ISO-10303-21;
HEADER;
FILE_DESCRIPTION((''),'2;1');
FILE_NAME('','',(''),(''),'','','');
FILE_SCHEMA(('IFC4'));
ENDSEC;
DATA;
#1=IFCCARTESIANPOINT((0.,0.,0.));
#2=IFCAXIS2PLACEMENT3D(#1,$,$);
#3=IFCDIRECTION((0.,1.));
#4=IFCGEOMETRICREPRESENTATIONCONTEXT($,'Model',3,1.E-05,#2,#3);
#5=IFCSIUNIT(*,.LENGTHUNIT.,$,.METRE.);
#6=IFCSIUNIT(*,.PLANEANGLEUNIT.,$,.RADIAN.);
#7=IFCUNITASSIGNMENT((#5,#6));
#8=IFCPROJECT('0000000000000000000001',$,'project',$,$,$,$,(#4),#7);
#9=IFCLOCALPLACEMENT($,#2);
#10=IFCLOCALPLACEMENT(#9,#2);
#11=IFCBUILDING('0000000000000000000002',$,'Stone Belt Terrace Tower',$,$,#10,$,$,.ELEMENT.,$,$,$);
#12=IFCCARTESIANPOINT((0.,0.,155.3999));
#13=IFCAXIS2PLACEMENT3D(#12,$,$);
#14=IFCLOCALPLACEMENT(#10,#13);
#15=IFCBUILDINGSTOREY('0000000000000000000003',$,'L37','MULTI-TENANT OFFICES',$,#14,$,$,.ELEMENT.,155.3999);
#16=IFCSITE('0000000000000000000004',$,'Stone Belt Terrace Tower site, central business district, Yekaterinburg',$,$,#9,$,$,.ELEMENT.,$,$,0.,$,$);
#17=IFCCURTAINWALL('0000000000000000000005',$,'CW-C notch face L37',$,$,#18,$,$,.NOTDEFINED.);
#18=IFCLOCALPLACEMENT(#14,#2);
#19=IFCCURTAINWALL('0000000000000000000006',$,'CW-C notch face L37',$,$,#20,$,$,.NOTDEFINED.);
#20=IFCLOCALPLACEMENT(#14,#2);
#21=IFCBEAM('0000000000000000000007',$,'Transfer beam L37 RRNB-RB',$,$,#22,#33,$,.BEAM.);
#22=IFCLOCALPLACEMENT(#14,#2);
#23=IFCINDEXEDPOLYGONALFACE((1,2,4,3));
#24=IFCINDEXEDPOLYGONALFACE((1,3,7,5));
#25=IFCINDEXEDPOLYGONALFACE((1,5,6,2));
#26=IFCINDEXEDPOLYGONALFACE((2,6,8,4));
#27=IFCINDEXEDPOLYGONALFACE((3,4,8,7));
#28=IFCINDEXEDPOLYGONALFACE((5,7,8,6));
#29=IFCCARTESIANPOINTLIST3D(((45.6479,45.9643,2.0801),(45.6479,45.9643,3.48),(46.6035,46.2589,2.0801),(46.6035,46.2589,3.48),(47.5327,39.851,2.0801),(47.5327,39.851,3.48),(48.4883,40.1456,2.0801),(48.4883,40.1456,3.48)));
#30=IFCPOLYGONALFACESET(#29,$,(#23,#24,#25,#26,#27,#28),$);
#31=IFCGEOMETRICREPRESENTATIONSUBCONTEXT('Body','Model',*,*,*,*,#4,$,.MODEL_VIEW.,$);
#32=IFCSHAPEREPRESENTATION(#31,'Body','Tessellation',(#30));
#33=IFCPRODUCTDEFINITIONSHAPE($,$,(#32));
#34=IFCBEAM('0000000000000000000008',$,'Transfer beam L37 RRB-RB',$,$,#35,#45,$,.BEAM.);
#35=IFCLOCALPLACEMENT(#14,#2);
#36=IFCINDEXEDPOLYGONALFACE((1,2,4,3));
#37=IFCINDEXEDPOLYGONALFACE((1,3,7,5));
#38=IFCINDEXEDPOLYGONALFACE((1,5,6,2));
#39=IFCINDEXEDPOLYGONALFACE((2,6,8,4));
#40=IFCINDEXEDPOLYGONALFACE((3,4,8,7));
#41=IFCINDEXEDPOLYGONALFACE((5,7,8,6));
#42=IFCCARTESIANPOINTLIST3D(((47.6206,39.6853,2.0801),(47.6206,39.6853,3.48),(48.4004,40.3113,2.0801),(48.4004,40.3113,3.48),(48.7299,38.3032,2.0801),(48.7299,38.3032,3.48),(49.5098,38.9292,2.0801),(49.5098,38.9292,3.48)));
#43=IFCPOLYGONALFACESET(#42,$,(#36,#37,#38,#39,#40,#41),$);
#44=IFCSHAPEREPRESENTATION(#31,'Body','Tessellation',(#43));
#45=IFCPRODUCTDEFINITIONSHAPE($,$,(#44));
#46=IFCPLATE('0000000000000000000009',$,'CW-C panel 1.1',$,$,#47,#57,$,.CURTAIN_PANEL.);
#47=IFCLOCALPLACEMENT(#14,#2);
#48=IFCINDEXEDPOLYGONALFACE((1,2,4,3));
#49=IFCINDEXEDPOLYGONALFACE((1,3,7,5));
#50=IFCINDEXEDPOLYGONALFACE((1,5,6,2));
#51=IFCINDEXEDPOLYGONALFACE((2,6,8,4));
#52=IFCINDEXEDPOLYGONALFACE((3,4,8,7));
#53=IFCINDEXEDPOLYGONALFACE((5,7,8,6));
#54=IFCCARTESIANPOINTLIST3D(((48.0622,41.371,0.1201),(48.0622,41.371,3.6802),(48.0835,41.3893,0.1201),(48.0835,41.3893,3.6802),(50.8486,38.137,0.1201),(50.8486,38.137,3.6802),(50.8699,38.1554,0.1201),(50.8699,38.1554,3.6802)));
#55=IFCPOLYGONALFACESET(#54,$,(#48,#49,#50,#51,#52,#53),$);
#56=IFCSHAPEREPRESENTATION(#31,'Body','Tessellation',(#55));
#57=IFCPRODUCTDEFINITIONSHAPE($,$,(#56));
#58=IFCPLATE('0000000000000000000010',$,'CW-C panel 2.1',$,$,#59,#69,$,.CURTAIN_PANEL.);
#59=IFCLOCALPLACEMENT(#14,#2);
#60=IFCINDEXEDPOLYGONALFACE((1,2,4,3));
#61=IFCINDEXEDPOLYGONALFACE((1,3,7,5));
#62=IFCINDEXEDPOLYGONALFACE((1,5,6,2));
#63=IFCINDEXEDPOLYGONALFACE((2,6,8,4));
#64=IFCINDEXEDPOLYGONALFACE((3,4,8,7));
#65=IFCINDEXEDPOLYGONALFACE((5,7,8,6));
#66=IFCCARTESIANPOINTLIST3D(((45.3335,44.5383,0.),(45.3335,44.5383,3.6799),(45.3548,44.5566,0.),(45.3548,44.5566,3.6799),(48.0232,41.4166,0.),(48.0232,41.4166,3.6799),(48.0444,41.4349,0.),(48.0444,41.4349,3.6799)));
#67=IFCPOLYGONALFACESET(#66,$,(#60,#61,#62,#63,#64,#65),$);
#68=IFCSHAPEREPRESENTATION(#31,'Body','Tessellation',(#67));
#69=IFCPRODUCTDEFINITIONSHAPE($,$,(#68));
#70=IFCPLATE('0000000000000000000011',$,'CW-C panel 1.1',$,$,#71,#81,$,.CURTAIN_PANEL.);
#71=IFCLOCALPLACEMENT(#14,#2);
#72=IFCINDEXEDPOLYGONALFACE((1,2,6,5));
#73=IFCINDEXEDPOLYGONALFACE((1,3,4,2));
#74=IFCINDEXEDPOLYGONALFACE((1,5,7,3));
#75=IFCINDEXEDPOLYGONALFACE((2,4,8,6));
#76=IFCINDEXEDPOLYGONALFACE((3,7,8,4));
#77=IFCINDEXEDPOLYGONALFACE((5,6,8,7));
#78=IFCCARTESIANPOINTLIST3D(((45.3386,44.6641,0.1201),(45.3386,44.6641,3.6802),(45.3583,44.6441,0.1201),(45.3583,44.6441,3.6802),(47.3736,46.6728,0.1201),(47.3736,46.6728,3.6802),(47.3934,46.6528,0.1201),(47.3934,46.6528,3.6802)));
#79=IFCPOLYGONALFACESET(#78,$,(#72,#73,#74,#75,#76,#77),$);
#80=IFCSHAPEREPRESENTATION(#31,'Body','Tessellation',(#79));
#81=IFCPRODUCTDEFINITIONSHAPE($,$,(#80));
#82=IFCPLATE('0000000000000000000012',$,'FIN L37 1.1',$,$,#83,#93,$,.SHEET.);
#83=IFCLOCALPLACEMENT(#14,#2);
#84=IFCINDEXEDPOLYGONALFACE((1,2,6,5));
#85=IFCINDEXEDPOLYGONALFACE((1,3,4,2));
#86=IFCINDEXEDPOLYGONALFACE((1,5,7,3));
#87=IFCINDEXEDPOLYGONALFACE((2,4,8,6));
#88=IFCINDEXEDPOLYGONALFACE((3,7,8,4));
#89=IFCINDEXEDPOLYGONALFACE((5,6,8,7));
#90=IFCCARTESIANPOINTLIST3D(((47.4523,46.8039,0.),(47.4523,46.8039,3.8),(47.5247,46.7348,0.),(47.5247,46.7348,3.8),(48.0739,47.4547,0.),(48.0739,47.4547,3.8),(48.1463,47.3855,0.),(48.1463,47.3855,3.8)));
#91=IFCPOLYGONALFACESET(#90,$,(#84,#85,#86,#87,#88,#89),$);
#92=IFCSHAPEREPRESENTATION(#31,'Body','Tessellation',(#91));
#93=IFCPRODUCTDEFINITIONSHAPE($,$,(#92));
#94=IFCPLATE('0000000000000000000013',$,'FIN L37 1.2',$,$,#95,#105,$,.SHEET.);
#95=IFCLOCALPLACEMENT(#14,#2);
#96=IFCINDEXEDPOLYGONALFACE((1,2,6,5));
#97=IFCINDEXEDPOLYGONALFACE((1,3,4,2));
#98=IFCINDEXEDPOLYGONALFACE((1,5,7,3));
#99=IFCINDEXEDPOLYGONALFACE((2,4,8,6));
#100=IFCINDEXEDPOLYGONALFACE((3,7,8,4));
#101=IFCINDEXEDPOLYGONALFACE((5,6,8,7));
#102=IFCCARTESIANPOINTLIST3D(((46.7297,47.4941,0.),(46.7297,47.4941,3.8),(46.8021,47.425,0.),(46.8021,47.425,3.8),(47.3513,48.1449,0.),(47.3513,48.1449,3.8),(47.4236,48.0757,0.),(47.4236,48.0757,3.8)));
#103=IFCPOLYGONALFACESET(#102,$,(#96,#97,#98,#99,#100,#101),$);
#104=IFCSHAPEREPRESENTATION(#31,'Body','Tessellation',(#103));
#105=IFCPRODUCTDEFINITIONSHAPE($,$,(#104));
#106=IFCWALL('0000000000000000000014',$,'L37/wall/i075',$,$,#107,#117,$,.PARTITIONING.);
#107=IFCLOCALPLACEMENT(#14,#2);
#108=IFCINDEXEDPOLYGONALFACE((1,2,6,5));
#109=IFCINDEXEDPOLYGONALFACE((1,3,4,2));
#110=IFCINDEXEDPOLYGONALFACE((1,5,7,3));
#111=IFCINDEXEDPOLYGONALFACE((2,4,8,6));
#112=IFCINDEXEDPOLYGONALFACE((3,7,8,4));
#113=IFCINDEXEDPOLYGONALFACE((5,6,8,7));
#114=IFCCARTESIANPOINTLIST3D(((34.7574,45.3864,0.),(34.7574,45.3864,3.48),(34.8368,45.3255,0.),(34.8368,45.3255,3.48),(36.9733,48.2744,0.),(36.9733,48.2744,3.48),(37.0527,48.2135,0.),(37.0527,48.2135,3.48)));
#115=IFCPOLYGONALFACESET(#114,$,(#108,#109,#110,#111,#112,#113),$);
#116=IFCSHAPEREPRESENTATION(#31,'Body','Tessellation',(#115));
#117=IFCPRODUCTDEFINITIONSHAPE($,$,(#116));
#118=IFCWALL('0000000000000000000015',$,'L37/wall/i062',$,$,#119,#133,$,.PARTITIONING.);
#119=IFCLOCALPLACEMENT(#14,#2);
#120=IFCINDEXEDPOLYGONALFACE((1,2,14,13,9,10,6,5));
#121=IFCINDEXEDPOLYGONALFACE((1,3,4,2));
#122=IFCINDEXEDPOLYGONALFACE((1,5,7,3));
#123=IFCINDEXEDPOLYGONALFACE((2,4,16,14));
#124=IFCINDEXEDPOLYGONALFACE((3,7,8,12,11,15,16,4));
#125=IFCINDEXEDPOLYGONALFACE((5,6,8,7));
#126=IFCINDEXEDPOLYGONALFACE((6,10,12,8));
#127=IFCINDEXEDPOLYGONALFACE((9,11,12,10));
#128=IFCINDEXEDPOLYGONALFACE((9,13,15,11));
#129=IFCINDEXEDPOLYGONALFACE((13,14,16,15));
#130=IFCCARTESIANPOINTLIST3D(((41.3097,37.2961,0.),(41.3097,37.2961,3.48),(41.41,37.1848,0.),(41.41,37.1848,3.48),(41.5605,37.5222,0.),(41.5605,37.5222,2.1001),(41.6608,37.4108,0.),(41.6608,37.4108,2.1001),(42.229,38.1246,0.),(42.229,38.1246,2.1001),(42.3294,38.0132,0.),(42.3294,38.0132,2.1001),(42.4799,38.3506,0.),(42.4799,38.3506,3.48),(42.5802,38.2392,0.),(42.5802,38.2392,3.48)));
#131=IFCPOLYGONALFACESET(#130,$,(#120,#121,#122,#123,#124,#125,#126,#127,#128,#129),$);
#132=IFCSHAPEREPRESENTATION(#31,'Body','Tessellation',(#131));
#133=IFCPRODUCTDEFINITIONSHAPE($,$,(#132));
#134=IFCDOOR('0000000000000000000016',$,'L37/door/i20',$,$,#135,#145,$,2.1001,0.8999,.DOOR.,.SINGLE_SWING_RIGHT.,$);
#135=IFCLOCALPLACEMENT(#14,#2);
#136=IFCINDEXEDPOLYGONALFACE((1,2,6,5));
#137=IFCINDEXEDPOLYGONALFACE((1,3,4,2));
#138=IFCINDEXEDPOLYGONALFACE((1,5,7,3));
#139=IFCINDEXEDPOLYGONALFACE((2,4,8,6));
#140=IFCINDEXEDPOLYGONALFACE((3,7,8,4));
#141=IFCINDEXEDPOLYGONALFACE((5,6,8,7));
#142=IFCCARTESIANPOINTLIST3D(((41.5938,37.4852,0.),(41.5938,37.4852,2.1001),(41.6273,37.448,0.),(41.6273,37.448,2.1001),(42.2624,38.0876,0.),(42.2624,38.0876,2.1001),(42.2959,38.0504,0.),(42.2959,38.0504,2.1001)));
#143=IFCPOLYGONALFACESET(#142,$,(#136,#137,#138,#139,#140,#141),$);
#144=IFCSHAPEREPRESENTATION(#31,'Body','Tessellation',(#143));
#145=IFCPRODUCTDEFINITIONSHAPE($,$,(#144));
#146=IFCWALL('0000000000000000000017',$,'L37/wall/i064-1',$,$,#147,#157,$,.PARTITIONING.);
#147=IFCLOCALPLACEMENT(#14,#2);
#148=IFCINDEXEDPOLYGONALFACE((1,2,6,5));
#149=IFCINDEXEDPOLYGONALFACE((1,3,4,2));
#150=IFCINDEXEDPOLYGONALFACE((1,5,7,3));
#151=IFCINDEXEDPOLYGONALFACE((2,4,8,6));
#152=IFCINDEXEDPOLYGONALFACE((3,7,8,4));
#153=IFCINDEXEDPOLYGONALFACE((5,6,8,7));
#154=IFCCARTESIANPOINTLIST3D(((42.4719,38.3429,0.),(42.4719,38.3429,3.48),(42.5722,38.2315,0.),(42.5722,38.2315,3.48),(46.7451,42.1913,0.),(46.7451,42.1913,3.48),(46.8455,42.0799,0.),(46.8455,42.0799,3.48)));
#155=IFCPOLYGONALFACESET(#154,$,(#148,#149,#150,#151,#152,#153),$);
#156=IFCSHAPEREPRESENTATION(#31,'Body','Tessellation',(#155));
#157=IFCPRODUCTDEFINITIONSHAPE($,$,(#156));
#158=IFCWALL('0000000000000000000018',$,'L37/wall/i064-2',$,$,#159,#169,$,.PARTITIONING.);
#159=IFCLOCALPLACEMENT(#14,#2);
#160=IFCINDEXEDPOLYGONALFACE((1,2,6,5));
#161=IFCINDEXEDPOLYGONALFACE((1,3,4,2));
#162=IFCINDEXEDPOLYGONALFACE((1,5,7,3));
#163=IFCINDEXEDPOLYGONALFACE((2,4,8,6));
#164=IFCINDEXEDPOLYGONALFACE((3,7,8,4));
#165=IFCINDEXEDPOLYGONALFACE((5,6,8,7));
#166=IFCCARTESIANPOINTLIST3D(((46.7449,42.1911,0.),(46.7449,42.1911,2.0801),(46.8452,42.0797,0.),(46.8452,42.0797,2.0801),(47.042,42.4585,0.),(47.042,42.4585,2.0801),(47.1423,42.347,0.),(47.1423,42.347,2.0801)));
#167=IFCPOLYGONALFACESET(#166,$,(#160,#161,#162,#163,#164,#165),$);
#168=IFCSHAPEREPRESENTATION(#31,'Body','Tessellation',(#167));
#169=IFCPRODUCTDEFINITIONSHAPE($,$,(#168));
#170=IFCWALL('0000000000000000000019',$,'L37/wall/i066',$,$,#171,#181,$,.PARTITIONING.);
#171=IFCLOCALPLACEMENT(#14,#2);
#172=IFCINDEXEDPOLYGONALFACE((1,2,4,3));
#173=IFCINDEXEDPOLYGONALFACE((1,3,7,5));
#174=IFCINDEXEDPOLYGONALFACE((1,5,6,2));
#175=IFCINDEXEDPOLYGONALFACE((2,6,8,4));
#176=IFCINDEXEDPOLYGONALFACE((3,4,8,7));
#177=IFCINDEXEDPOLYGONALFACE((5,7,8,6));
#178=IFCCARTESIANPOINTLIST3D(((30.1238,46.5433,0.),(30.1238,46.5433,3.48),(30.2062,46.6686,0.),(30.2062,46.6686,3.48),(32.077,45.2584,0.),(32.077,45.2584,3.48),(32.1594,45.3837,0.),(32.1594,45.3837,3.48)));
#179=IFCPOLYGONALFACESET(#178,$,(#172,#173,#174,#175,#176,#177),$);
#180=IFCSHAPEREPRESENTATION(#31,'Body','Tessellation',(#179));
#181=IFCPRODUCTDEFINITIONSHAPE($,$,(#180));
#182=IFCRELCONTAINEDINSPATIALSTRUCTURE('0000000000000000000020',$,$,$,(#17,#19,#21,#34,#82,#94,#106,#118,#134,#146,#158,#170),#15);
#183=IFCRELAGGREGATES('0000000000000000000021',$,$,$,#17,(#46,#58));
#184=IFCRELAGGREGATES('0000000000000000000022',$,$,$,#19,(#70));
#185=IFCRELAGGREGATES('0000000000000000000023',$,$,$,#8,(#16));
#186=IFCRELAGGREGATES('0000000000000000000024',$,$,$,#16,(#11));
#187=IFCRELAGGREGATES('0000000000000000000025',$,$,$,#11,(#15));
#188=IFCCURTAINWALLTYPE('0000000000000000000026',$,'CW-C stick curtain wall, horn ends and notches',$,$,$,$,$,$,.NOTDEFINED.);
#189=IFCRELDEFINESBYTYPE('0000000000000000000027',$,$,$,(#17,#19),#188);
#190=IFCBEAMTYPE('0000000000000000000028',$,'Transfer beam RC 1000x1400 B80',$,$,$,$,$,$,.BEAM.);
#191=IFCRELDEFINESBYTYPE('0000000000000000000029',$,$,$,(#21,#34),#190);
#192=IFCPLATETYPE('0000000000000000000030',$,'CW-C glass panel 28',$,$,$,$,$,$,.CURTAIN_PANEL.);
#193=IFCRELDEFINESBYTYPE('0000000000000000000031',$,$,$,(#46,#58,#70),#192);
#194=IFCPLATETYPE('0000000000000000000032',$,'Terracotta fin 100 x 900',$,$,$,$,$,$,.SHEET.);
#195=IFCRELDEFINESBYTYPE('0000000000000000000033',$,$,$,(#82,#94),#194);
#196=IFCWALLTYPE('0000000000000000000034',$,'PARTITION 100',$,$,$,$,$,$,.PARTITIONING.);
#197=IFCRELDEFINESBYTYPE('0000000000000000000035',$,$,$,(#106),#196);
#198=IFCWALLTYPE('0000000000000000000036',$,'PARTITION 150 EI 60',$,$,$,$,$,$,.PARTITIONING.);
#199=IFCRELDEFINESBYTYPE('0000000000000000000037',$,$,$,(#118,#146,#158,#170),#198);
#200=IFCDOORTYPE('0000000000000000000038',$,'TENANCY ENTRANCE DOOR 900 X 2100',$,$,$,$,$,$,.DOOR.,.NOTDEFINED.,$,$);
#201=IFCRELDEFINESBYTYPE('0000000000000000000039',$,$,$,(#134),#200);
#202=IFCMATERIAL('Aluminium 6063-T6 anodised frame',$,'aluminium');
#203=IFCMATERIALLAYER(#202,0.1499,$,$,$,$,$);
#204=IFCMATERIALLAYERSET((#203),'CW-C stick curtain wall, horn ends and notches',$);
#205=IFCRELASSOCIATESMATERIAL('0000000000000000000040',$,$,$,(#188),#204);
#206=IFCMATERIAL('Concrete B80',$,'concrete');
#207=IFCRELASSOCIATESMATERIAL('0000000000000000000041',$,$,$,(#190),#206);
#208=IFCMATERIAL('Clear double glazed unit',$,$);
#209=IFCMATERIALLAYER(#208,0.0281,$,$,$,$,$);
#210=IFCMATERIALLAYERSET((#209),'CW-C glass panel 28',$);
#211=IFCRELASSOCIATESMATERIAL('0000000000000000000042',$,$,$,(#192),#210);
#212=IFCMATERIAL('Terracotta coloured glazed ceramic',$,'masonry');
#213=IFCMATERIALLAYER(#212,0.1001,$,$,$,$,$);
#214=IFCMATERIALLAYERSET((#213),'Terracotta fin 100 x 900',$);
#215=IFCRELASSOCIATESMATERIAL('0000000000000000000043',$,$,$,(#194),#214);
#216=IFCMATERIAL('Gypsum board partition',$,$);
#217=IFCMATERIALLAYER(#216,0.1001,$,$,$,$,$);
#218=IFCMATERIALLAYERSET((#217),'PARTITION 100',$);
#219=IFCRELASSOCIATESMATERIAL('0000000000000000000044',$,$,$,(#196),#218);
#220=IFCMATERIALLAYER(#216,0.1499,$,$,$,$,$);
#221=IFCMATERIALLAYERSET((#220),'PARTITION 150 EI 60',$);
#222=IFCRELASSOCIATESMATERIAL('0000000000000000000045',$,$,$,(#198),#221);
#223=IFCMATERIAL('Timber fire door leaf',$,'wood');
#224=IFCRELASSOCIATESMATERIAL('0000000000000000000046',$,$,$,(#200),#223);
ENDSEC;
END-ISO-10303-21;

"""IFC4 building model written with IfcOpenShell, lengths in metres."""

from ifc_helpers import new_model, si_unit, direction, frame, frame_2d, origin, origin_2d, place, context, subcontext, project, spatial, rectangle, extrude, material, layer, layer_set, material_profile, profile_set, type_object, element, fill, aggregate, save


model = new_model("IFC4")

# Units and contexts
model_context = context("Model", 3, precision=1e-05, world=origin(), true_north=direction((0.0, 1.0)))
body_context = subcontext(model_context, "Body", "Model", "MODEL_VIEW")
ifc_project = project(units=[si_unit("LENGTHUNIT", "METRE"), si_unit("PLANEANGLEUNIT", "RADIAN")], contexts=[model_context])

# Site, building, storey
site_placement = place(None, origin())
site = spatial("IfcSite", under=ifc_project, at=site_placement, Name="Stone Belt Terrace Tower site, central business district, Yekaterinburg", CompositionType="ELEMENT", RefElevation=0.0)
building_placement = place(site_placement, origin())
building = spatial("IfcBuilding", under=site, at=building_placement, Name="Stone Belt Terrace Tower", CompositionType="ELEMENT")
storey_placement = place(building_placement, frame((0.0, 0.0, 155.3999)))
storey = spatial("IfcBuildingStorey", under=building, at=storey_placement, Name="L37", Description="MULTI-TENANT OFFICES", CompositionType="ELEMENT", Elevation=155.3999)

# Shared definitions
ifc_material_1 = material(Name="Concrete B80", Category="concrete")

# Shared definitions
ifc_material_2 = material(Name="Aluminium 6063-T6 anodised frame", Category="aluminium")

# Curtain walls
ifc_layer_1 = layer(ifc_material_2, 0.1499)
ifc_layer_set_1 = layer_set([ifc_layer_1], Name="CW-C stick curtain wall, horn ends and notches")
curtain_wall_type_1 = type_object("IfcCurtainWallType", Name="CW-C stick curtain wall, horn ends and notches", PredefinedType="NOTDEFINED", material=ifc_layer_set_1)
curtain_wall_1_placement = place(storey_placement, origin())
curtain_wall_1 = element("IfcCurtainWall", 1, at=curtain_wall_1_placement, inside=storey, type_object=curtain_wall_type_1, Name="CW-C notch face L37", PredefinedType="NOTDEFINED")
curtain_wall_2_placement = place(storey_placement, origin())
curtain_wall_2 = element("IfcCurtainWall", 2, at=curtain_wall_2_placement, inside=storey, type_object=curtain_wall_type_1, Name="CW-C notch face L37", PredefinedType="NOTDEFINED")

# Beams
ifc_material_profile_1 = material_profile(ifc_material_1, rectangle(XDim=1.0, YDim=1.3999, at=origin_2d()), Name="RC 1000x1400")
ifc_profile_set_1 = profile_set([ifc_material_profile_1], Name="Concrete B80")
beam_type = type_object("IfcBeamType", Name="Transfer beam RC 1000x1400 B80", PredefinedType="BEAM", material=ifc_profile_set_1)
beam_1_placement = place(storey_placement, frame((46.1257, 46.1116, 2.78), z_axis=(0.294622, -0.955614, 0.0), x_axis=(0.955614, 0.294622, 0.0)))
element("IfcBeam", 3, at=beam_1_placement, inside=storey, type_object=beam_type, Name="Transfer beam L37 RRNB-RB", PredefinedType="BEAM", context=body_context, shape_type="SweptSolid", body=[
    extrude(rectangle(XDim=1.0, YDim=1.3999, at=origin_2d()), origin(), (0.0, 0.0, 1.0), 6.3972),
])
beam_2_placement = place(storey_placement, frame((48.0105, 39.9983, 2.78), z_axis=(0.625971, -0.779846, 0.0), x_axis=(0.779846, 0.625971, 0.0)))
element("IfcBeam", 4, at=beam_2_placement, inside=storey, type_object=beam_type, Name="Transfer beam L37 RRB-RB", PredefinedType="BEAM", context=body_context, shape_type="SweptSolid", body=[
    extrude(rectangle(XDim=1.0, YDim=1.3999, at=origin_2d()), origin(), (0.0, 0.0, 1.0), 1.7722),
])

# Plates
ifc_material_3 = material(Name="Clear double glazed unit")
ifc_layer_2 = layer(ifc_material_3, 0.0281)
ifc_layer_set_2 = layer_set([ifc_layer_2], Name="CW-C glass panel 28")
plate_type_1 = type_object("IfcPlateType", Name="CW-C glass panel 28", PredefinedType="CURTAIN_PANEL", material=ifc_layer_set_2)
plate_1_placement = place(storey_placement, frame((49.4661, 39.7632, 0.1201), z_axis=(0.0, 0.0, 1.0), x_axis=(-0.652738, 0.757584, 0.0)))
plate_1 = element("IfcPlate", 5, at=plate_1_placement, type_object=plate_type_1, Name="CW-C panel 1.1", PredefinedType="CURTAIN_PANEL", context=body_context, shape_type="SweptSolid", body=[
    extrude(rectangle(XDim=4.2688, YDim=0.0281, at=origin_2d()), origin(), (0.0, 0.0, 1.0), 3.5601),
])
plate_2_placement = place(storey_placement, frame((46.689, 42.9866, 0.0), z_axis=(0.0, 0.0, 1.0), x_axis=(-0.652738, 0.757584, 0.0)))
plate_2 = element("IfcPlate", 6, at=plate_2_placement, type_object=plate_type_1, Name="CW-C panel 2.1", PredefinedType="CURTAIN_PANEL", context=body_context, shape_type="SweptSolid", body=[
    extrude(rectangle(XDim=4.1206, YDim=0.0281, at=origin_2d()), origin(), (0.0, 0.0, 1.0), 3.6799),
])
aggregate(curtain_wall_1, [plate_1, plate_2])
plate_3_placement = place(storey_placement, frame((46.366, 45.6584, 0.1201), z_axis=(0.0, 0.0, 1.0), x_axis=(0.711713, 0.70247, 0.0)))
plate_3 = element("IfcPlate", 7, at=plate_3_placement, type_object=plate_type_1, Name="CW-C panel 1.1", PredefinedType="CURTAIN_PANEL", context=body_context, shape_type="SweptSolid", body=[
    extrude(rectangle(XDim=2.8594, YDim=0.0281, at=origin_2d()), origin(), (0.0, 0.0, 1.0), 3.5601),
])
aggregate(curtain_wall_2, [plate_3])

# Plates
ifc_material_4 = material(Name="Terracotta coloured glazed ceramic", Category="masonry")
ifc_layer_3 = layer(ifc_material_4, 0.1001)
ifc_layer_set_3 = layer_set([ifc_layer_3], Name="Terracotta fin 100 x 900")
plate_type_2 = type_object("IfcPlateType", Name="Terracotta fin 100 x 900", PredefinedType="SHEET", material=ifc_layer_set_3)
for number, where, z_axis, x_axis, name in (
    (8, (47.7993, 47.0947, 0.0), (0.0, 0.0, 1.0), (0.690721, 0.723121, 0.0), "FIN L37 1.1"),
    (9, (47.0767, 47.7849, 0.0), (0.0, 0.0, 1.0), (0.690721, 0.723121, 0.0), "FIN L37 1.2"),
):
    element("IfcPlate", number, at=place(storey_placement, frame(where, z_axis=z_axis, x_axis=x_axis)), inside=storey, type_object=plate_type_2, Name=name, PredefinedType="SHEET", context=body_context, shape_type="SweptSolid", body=[
        extrude(rectangle(XDim=0.8999, YDim=0.1001, at=origin_2d()), origin(), (0.0, 0.0, 1.0), 3.8),
    ])

# Wall
ifc_material_5 = material(Name="Gypsum board partition")
ifc_layer_4 = layer(ifc_material_5, 0.1001)
ifc_layer_set_4 = layer_set([ifc_layer_4], Name="PARTITION 100")
wall_type_1 = type_object("IfcWallType", Name="PARTITION 100", PredefinedType="PARTITIONING", material=ifc_layer_set_4)
wall_1_placement = place(storey_placement, frame((34.7971, 45.356, 0.0), z_axis=(0.0, 0.0, 1.0), x_axis=(0.608731, 0.793376, 0.0)))
element("IfcWall", 10, at=wall_1_placement, inside=storey, type_object=wall_type_1, Name="L37/wall/i075", PredefinedType="PARTITIONING", context=body_context, shape_type="SweptSolid", body=[
    extrude(rectangle(XDim=3.6401, YDim=0.1001, at=frame_2d((1.8201, 0.0))), origin(), (0.0, 0.0, 1.0), 3.48),
])

# Wall, opening, door
ifc_layer_5 = layer(ifc_material_5, 0.1499)
ifc_layer_set_5 = layer_set([ifc_layer_5], Name="PARTITION 150 EI 60")
wall_type_2 = type_object("IfcWallType", Name="PARTITION 150 EI 60", PredefinedType="PARTITIONING", material=ifc_layer_set_5)
wall_2_placement = place(storey_placement, frame((42.53, 38.2949, 0.0), z_axis=(0.0, 0.0, 1.0), x_axis=(-0.742886, -0.669418, 0.0)))
wall_2 = element("IfcWall", 11, at=wall_2_placement, inside=storey, type_object=wall_type_2, Name="L37/wall/i062", PredefinedType="PARTITIONING", context=body_context, shape_type="SweptSolid", body=[
    extrude(rectangle(XDim=1.5752, YDim=0.1499, at=frame_2d((0.7876, 0.0))), origin(), (0.0, 0.0, 1.0), 3.48),
])
opening_1_placement = place(wall_2_placement, frame((0.3376, 0.0, 0.0)))
opening_1 = element("IfcOpeningElement", 12, at=opening_1_placement, cuts=wall_2, PredefinedType="OPENING", context=body_context, shape_type="SweptSolid", body=[
    extrude(rectangle(XDim=0.8999, YDim=2.1001, at=frame_2d((0.45, 1.05))), frame((0.0, 0.085, 0.0), z_axis=(0.0, -1.0, 0.0), x_axis=(1.0, 0.0, 0.0)), (0.0, 0.0, 1.0), 0.1699),
])
ifc_material_6 = material(Name="Timber fire door leaf", Category="wood")
door_type_1 = type_object("IfcDoorType", Name="TENANCY ENTRANCE DOOR 900 X 2100", OperationType="NOTDEFINED", PredefinedType="DOOR", material=ifc_material_6)
door_1_placement = place(opening_1_placement, origin())
door_1 = element("IfcDoor", 13, at=door_1_placement, inside=storey, type_object=door_type_1, Name="L37/door/i20", OperationType="SINGLE_SWING_RIGHT", OverallHeight=2.1001, OverallWidth=0.8999, PredefinedType="DOOR", context=body_context, shape_type="SweptSolid", body=[
    extrude(rectangle(XDim=0.8999, YDim=2.1001, at=frame_2d((0.45, 1.05))), frame((0.0, 0.0249, 0.0), z_axis=(0.0, -1.0, 0.0), x_axis=(1.0, 0.0, 0.0)), (0.0, 0.0, 1.0), 0.05),
])
fill(opening_1, door_1)

# Walls
wall_3_placement = place(storey_placement, frame((42.522, 38.2871, 0.0), z_axis=(0.0, 0.0, 1.0), x_axis=(0.743077, 0.669206, 0.0)))
element("IfcWall", 14, at=wall_3_placement, inside=storey, type_object=wall_type_2, Name="L37/wall/i064-1", PredefinedType="PARTITIONING", context=body_context, shape_type="SweptSolid", body=[
    extrude(rectangle(XDim=5.7507, YDim=0.1499, at=frame_2d((2.8755, 0.0))), origin(), (0.0, 0.0, 1.0), 3.48),
])
wall_4_placement = place(storey_placement, frame((46.7952, 42.1355, 0.0), z_axis=(0.0, 0.0, 1.0), x_axis=(0.743385, 0.668863, 0.0)))
element("IfcWall", 15, at=wall_4_placement, inside=storey, type_object=wall_type_2, Name="L37/wall/i064-2", PredefinedType="PARTITIONING", context=body_context, shape_type="SweptSolid", body=[
    extrude(rectangle(XDim=0.3997, YDim=0.1499, at=frame_2d((0.1997, 0.0))), origin(), (0.0, 0.0, 1.0), 2.0801),
])
wall_5_placement = place(storey_placement, frame((32.1182, 45.321, 0.0), z_axis=(0.0, 0.0, 1.0), x_axis=(-0.835425, 0.549605, 0.0)))
element("IfcWall", 16, at=wall_5_placement, inside=storey, type_object=wall_type_2, Name="L37/wall/i066", PredefinedType="PARTITIONING", context=body_context, shape_type="SweptSolid", body=[
    extrude(rectangle(XDim=2.3379, YDim=0.1499, at=frame_2d((1.1689, 0.0))), origin(), (0.0, 0.0, 1.0), 3.48),
])

save(model, "model.ifc")
